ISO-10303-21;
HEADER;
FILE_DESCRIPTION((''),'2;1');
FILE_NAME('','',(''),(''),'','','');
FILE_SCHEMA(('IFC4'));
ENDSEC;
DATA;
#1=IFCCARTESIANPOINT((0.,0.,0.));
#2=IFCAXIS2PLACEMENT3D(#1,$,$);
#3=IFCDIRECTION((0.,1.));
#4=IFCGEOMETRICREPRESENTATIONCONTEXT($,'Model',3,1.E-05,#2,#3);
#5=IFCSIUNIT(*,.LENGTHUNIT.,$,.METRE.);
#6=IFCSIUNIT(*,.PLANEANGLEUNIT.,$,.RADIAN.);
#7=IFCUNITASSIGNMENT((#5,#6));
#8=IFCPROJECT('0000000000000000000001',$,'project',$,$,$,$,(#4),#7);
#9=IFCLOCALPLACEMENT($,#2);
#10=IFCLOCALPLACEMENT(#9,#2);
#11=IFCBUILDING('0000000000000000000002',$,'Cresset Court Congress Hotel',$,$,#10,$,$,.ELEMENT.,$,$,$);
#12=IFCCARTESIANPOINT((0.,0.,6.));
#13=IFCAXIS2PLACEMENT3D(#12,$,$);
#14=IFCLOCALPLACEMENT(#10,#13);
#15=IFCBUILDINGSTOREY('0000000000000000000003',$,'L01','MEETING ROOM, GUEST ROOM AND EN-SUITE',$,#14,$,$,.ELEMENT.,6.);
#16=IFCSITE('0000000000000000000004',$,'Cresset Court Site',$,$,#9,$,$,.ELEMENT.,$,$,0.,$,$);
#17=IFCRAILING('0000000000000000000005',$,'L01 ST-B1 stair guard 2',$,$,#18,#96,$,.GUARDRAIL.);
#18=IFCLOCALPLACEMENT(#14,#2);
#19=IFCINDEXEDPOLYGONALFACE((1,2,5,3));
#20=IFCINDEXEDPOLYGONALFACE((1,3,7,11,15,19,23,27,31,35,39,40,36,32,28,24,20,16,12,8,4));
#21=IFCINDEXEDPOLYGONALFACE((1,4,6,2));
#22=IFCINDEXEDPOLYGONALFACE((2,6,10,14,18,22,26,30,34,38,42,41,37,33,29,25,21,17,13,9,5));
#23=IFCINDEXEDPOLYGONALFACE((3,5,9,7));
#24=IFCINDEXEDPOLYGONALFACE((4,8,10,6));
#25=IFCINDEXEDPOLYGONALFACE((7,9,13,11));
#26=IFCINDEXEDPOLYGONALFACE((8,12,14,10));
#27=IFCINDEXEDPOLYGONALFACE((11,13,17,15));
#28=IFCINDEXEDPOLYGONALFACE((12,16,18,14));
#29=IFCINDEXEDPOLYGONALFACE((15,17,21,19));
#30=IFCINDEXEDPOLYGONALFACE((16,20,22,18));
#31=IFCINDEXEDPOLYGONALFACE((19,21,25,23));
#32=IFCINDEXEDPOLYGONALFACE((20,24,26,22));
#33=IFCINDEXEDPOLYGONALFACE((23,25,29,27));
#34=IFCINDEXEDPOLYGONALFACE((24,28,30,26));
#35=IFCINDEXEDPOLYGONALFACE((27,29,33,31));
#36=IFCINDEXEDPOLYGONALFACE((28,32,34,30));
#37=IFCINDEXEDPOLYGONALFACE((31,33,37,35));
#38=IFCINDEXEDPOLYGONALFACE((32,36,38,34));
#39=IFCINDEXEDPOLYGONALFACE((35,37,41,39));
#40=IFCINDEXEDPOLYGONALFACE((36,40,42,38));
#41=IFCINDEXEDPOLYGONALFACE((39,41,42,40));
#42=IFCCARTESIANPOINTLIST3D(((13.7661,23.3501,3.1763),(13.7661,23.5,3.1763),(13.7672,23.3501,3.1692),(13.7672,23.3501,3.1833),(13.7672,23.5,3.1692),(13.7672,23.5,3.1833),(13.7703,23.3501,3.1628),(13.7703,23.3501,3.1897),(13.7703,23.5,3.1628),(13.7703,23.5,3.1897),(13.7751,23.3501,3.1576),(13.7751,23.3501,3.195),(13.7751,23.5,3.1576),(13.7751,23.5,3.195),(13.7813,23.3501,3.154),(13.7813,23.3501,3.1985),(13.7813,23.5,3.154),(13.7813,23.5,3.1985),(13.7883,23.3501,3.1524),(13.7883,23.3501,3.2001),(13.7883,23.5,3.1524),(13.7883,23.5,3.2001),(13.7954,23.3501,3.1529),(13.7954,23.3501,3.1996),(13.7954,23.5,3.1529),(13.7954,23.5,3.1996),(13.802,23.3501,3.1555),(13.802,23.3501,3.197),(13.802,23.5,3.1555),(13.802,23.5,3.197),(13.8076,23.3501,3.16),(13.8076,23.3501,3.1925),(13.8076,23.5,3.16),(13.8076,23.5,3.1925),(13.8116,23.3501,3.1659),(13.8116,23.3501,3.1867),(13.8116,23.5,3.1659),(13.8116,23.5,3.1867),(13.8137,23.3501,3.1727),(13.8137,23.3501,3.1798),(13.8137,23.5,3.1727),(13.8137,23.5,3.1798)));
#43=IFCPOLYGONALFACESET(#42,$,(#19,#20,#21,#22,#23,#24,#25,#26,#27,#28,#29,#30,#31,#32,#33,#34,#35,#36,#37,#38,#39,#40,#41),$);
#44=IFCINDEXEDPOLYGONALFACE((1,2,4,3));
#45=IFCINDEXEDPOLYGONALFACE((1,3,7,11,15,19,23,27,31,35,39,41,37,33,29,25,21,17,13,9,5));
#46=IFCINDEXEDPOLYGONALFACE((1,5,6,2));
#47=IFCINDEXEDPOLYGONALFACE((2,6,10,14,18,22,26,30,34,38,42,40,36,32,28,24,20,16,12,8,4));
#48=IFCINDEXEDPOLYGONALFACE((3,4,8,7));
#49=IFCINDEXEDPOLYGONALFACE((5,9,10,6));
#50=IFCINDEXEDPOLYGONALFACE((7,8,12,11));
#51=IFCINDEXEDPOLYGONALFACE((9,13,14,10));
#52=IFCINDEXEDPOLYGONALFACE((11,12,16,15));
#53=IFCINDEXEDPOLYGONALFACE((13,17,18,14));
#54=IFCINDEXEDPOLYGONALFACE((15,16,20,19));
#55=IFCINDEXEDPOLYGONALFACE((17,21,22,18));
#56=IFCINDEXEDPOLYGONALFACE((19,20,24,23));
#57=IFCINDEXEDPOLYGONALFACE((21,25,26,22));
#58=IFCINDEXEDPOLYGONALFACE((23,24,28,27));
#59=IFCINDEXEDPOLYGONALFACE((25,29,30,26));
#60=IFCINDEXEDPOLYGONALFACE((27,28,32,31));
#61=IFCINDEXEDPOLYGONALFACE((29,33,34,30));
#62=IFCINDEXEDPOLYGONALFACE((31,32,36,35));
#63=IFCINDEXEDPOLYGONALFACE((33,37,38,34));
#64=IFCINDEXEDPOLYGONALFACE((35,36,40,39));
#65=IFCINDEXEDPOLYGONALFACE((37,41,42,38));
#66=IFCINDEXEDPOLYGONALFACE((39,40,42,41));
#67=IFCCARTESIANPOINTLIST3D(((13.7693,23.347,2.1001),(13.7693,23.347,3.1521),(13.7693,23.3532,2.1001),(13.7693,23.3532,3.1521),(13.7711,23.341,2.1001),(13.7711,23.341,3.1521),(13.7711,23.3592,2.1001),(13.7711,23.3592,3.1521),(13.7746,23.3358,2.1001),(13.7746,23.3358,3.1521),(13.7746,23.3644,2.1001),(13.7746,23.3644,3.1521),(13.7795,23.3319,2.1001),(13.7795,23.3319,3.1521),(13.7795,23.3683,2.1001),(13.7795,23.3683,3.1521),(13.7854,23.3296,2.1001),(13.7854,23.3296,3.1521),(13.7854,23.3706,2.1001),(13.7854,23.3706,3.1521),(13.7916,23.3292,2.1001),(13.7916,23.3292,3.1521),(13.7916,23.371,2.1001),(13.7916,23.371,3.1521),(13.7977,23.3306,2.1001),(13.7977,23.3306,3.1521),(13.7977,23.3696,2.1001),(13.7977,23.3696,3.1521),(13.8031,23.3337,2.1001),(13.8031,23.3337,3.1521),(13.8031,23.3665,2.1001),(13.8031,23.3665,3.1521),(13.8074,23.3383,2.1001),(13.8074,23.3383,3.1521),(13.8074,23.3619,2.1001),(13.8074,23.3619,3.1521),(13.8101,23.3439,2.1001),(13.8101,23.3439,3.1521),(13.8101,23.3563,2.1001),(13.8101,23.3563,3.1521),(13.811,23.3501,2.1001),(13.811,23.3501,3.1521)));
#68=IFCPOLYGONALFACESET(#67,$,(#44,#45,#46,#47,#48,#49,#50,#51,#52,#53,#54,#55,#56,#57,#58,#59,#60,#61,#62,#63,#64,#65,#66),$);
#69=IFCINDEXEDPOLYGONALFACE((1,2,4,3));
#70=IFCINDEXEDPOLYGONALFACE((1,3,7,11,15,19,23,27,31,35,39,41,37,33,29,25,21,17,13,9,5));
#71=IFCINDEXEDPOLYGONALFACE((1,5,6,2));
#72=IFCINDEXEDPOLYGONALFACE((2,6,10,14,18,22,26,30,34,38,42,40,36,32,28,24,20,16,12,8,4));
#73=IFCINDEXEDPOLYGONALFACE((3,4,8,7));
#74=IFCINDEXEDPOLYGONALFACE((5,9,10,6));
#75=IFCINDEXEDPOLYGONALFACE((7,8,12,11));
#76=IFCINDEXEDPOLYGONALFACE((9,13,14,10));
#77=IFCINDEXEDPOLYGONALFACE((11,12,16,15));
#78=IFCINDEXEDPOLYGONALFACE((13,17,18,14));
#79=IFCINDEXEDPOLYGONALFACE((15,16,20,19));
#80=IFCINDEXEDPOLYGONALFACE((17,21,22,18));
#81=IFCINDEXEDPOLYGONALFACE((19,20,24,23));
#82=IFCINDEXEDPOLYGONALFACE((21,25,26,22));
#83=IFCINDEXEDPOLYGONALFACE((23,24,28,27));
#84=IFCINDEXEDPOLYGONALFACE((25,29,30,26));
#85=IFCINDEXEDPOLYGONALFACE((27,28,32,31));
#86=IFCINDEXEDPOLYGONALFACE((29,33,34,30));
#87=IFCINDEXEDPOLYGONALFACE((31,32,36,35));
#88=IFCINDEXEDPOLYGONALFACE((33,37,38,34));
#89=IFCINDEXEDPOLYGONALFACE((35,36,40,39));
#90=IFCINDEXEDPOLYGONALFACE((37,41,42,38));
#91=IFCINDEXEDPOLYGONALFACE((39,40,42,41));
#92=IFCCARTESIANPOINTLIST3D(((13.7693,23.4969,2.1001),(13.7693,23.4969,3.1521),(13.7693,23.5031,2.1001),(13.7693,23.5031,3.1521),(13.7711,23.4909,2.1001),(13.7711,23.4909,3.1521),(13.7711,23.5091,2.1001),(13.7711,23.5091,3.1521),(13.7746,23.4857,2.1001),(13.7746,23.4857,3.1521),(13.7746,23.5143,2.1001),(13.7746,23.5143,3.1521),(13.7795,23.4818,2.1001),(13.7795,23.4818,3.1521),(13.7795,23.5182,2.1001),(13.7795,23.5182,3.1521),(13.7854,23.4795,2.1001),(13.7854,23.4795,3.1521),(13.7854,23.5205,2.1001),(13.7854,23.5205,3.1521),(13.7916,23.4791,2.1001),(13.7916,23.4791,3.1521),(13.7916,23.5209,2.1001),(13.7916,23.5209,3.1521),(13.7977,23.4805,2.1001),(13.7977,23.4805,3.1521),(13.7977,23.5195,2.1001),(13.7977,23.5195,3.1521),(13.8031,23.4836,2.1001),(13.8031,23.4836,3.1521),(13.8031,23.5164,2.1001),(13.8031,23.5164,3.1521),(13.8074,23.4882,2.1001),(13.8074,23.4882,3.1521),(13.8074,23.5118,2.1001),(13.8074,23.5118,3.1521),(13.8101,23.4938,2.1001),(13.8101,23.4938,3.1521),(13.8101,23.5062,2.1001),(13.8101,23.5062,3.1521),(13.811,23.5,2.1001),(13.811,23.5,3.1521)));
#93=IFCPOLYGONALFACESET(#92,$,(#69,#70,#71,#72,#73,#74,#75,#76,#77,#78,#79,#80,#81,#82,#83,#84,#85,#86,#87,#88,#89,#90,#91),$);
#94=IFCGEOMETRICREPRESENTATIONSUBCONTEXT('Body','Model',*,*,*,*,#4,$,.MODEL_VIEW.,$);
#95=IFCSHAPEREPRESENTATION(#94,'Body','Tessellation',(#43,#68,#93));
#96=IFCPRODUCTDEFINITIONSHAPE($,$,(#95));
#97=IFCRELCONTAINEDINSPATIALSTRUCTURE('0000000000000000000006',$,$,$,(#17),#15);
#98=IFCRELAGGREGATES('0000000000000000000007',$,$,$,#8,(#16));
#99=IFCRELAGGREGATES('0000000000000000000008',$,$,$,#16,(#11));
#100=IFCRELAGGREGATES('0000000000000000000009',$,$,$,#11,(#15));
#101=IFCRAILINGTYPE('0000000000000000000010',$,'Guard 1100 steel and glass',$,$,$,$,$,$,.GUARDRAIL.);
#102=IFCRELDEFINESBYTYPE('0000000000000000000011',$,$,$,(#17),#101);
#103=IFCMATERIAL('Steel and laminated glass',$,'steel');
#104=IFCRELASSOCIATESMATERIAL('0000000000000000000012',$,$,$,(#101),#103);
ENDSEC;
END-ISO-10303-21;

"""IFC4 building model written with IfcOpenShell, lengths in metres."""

from ifc_helpers import new_model, si_unit, direction, frame, origin, origin_2d, place, context, subcontext, project, spatial, circle, extrude, material, type_object, element, save


model = new_model("IFC4")

# Units and contexts
model_context = context("Model", 3, precision=1e-05, world=origin(), true_north=direction((0.0, 1.0)))
body_context = subcontext(model_context, "Body", "Model", "MODEL_VIEW")
ifc_project = project(units=[si_unit("LENGTHUNIT", "METRE"), si_unit("PLANEANGLEUNIT", "RADIAN")], contexts=[model_context])

# Site, building, storey
site_placement = place(None, origin())
site = spatial("IfcSite", under=ifc_project, at=site_placement, Name="Cresset Court Site", CompositionType="ELEMENT", RefElevation=0.0)
building_placement = place(site_placement, origin())
building = spatial("IfcBuilding", under=site, at=building_placement, Name="Cresset Court Congress Hotel", CompositionType="ELEMENT")
storey_placement = place(building_placement, frame((0.0, 0.0, 6.0)))
storey = spatial("IfcBuildingStorey", under=building, at=storey_placement, Name="L01", Description="MEETING ROOM, GUEST ROOM AND EN-SUITE", CompositionType="ELEMENT", Elevation=6.0)

# Railing
ifc_material_1 = material(Name="Steel and laminated glass", Category="steel")
railing_type_1 = type_object("IfcRailingType", Name="Guard 1100 steel and glass", PredefinedType="GUARDRAIL", material=ifc_material_1)
railing_1_placement = place(storey_placement, frame((13.79, 23.3501, 2.1001)))
element("IfcRailing", 1, at=railing_1_placement, inside=storey, type_object=railing_type_1, Name="L01 ST-B1 stair guard 2", PredefinedType="GUARDRAIL", context=body_context, shape_type="SweptSolid", body=[
    extrude(circle(Radius=0.0239, at=origin_2d()), frame((0.0, 0.0, 1.0762), z_axis=(0.0, 1.0, 0.0), x_axis=(-1.0, 0.0, 0.0)), (0.0, 0.0, 1.0), 0.1499),
    extrude(circle(Radius=0.021, at=origin_2d()), origin(), (0.0, 0.0, 1.0), 1.052),
    extrude(circle(Radius=0.021, at=origin_2d()), frame((0.0, 0.1499, 0.0)), (0.0, 0.0, 1.0), 1.052),
])

save(model, "model.ifc")
